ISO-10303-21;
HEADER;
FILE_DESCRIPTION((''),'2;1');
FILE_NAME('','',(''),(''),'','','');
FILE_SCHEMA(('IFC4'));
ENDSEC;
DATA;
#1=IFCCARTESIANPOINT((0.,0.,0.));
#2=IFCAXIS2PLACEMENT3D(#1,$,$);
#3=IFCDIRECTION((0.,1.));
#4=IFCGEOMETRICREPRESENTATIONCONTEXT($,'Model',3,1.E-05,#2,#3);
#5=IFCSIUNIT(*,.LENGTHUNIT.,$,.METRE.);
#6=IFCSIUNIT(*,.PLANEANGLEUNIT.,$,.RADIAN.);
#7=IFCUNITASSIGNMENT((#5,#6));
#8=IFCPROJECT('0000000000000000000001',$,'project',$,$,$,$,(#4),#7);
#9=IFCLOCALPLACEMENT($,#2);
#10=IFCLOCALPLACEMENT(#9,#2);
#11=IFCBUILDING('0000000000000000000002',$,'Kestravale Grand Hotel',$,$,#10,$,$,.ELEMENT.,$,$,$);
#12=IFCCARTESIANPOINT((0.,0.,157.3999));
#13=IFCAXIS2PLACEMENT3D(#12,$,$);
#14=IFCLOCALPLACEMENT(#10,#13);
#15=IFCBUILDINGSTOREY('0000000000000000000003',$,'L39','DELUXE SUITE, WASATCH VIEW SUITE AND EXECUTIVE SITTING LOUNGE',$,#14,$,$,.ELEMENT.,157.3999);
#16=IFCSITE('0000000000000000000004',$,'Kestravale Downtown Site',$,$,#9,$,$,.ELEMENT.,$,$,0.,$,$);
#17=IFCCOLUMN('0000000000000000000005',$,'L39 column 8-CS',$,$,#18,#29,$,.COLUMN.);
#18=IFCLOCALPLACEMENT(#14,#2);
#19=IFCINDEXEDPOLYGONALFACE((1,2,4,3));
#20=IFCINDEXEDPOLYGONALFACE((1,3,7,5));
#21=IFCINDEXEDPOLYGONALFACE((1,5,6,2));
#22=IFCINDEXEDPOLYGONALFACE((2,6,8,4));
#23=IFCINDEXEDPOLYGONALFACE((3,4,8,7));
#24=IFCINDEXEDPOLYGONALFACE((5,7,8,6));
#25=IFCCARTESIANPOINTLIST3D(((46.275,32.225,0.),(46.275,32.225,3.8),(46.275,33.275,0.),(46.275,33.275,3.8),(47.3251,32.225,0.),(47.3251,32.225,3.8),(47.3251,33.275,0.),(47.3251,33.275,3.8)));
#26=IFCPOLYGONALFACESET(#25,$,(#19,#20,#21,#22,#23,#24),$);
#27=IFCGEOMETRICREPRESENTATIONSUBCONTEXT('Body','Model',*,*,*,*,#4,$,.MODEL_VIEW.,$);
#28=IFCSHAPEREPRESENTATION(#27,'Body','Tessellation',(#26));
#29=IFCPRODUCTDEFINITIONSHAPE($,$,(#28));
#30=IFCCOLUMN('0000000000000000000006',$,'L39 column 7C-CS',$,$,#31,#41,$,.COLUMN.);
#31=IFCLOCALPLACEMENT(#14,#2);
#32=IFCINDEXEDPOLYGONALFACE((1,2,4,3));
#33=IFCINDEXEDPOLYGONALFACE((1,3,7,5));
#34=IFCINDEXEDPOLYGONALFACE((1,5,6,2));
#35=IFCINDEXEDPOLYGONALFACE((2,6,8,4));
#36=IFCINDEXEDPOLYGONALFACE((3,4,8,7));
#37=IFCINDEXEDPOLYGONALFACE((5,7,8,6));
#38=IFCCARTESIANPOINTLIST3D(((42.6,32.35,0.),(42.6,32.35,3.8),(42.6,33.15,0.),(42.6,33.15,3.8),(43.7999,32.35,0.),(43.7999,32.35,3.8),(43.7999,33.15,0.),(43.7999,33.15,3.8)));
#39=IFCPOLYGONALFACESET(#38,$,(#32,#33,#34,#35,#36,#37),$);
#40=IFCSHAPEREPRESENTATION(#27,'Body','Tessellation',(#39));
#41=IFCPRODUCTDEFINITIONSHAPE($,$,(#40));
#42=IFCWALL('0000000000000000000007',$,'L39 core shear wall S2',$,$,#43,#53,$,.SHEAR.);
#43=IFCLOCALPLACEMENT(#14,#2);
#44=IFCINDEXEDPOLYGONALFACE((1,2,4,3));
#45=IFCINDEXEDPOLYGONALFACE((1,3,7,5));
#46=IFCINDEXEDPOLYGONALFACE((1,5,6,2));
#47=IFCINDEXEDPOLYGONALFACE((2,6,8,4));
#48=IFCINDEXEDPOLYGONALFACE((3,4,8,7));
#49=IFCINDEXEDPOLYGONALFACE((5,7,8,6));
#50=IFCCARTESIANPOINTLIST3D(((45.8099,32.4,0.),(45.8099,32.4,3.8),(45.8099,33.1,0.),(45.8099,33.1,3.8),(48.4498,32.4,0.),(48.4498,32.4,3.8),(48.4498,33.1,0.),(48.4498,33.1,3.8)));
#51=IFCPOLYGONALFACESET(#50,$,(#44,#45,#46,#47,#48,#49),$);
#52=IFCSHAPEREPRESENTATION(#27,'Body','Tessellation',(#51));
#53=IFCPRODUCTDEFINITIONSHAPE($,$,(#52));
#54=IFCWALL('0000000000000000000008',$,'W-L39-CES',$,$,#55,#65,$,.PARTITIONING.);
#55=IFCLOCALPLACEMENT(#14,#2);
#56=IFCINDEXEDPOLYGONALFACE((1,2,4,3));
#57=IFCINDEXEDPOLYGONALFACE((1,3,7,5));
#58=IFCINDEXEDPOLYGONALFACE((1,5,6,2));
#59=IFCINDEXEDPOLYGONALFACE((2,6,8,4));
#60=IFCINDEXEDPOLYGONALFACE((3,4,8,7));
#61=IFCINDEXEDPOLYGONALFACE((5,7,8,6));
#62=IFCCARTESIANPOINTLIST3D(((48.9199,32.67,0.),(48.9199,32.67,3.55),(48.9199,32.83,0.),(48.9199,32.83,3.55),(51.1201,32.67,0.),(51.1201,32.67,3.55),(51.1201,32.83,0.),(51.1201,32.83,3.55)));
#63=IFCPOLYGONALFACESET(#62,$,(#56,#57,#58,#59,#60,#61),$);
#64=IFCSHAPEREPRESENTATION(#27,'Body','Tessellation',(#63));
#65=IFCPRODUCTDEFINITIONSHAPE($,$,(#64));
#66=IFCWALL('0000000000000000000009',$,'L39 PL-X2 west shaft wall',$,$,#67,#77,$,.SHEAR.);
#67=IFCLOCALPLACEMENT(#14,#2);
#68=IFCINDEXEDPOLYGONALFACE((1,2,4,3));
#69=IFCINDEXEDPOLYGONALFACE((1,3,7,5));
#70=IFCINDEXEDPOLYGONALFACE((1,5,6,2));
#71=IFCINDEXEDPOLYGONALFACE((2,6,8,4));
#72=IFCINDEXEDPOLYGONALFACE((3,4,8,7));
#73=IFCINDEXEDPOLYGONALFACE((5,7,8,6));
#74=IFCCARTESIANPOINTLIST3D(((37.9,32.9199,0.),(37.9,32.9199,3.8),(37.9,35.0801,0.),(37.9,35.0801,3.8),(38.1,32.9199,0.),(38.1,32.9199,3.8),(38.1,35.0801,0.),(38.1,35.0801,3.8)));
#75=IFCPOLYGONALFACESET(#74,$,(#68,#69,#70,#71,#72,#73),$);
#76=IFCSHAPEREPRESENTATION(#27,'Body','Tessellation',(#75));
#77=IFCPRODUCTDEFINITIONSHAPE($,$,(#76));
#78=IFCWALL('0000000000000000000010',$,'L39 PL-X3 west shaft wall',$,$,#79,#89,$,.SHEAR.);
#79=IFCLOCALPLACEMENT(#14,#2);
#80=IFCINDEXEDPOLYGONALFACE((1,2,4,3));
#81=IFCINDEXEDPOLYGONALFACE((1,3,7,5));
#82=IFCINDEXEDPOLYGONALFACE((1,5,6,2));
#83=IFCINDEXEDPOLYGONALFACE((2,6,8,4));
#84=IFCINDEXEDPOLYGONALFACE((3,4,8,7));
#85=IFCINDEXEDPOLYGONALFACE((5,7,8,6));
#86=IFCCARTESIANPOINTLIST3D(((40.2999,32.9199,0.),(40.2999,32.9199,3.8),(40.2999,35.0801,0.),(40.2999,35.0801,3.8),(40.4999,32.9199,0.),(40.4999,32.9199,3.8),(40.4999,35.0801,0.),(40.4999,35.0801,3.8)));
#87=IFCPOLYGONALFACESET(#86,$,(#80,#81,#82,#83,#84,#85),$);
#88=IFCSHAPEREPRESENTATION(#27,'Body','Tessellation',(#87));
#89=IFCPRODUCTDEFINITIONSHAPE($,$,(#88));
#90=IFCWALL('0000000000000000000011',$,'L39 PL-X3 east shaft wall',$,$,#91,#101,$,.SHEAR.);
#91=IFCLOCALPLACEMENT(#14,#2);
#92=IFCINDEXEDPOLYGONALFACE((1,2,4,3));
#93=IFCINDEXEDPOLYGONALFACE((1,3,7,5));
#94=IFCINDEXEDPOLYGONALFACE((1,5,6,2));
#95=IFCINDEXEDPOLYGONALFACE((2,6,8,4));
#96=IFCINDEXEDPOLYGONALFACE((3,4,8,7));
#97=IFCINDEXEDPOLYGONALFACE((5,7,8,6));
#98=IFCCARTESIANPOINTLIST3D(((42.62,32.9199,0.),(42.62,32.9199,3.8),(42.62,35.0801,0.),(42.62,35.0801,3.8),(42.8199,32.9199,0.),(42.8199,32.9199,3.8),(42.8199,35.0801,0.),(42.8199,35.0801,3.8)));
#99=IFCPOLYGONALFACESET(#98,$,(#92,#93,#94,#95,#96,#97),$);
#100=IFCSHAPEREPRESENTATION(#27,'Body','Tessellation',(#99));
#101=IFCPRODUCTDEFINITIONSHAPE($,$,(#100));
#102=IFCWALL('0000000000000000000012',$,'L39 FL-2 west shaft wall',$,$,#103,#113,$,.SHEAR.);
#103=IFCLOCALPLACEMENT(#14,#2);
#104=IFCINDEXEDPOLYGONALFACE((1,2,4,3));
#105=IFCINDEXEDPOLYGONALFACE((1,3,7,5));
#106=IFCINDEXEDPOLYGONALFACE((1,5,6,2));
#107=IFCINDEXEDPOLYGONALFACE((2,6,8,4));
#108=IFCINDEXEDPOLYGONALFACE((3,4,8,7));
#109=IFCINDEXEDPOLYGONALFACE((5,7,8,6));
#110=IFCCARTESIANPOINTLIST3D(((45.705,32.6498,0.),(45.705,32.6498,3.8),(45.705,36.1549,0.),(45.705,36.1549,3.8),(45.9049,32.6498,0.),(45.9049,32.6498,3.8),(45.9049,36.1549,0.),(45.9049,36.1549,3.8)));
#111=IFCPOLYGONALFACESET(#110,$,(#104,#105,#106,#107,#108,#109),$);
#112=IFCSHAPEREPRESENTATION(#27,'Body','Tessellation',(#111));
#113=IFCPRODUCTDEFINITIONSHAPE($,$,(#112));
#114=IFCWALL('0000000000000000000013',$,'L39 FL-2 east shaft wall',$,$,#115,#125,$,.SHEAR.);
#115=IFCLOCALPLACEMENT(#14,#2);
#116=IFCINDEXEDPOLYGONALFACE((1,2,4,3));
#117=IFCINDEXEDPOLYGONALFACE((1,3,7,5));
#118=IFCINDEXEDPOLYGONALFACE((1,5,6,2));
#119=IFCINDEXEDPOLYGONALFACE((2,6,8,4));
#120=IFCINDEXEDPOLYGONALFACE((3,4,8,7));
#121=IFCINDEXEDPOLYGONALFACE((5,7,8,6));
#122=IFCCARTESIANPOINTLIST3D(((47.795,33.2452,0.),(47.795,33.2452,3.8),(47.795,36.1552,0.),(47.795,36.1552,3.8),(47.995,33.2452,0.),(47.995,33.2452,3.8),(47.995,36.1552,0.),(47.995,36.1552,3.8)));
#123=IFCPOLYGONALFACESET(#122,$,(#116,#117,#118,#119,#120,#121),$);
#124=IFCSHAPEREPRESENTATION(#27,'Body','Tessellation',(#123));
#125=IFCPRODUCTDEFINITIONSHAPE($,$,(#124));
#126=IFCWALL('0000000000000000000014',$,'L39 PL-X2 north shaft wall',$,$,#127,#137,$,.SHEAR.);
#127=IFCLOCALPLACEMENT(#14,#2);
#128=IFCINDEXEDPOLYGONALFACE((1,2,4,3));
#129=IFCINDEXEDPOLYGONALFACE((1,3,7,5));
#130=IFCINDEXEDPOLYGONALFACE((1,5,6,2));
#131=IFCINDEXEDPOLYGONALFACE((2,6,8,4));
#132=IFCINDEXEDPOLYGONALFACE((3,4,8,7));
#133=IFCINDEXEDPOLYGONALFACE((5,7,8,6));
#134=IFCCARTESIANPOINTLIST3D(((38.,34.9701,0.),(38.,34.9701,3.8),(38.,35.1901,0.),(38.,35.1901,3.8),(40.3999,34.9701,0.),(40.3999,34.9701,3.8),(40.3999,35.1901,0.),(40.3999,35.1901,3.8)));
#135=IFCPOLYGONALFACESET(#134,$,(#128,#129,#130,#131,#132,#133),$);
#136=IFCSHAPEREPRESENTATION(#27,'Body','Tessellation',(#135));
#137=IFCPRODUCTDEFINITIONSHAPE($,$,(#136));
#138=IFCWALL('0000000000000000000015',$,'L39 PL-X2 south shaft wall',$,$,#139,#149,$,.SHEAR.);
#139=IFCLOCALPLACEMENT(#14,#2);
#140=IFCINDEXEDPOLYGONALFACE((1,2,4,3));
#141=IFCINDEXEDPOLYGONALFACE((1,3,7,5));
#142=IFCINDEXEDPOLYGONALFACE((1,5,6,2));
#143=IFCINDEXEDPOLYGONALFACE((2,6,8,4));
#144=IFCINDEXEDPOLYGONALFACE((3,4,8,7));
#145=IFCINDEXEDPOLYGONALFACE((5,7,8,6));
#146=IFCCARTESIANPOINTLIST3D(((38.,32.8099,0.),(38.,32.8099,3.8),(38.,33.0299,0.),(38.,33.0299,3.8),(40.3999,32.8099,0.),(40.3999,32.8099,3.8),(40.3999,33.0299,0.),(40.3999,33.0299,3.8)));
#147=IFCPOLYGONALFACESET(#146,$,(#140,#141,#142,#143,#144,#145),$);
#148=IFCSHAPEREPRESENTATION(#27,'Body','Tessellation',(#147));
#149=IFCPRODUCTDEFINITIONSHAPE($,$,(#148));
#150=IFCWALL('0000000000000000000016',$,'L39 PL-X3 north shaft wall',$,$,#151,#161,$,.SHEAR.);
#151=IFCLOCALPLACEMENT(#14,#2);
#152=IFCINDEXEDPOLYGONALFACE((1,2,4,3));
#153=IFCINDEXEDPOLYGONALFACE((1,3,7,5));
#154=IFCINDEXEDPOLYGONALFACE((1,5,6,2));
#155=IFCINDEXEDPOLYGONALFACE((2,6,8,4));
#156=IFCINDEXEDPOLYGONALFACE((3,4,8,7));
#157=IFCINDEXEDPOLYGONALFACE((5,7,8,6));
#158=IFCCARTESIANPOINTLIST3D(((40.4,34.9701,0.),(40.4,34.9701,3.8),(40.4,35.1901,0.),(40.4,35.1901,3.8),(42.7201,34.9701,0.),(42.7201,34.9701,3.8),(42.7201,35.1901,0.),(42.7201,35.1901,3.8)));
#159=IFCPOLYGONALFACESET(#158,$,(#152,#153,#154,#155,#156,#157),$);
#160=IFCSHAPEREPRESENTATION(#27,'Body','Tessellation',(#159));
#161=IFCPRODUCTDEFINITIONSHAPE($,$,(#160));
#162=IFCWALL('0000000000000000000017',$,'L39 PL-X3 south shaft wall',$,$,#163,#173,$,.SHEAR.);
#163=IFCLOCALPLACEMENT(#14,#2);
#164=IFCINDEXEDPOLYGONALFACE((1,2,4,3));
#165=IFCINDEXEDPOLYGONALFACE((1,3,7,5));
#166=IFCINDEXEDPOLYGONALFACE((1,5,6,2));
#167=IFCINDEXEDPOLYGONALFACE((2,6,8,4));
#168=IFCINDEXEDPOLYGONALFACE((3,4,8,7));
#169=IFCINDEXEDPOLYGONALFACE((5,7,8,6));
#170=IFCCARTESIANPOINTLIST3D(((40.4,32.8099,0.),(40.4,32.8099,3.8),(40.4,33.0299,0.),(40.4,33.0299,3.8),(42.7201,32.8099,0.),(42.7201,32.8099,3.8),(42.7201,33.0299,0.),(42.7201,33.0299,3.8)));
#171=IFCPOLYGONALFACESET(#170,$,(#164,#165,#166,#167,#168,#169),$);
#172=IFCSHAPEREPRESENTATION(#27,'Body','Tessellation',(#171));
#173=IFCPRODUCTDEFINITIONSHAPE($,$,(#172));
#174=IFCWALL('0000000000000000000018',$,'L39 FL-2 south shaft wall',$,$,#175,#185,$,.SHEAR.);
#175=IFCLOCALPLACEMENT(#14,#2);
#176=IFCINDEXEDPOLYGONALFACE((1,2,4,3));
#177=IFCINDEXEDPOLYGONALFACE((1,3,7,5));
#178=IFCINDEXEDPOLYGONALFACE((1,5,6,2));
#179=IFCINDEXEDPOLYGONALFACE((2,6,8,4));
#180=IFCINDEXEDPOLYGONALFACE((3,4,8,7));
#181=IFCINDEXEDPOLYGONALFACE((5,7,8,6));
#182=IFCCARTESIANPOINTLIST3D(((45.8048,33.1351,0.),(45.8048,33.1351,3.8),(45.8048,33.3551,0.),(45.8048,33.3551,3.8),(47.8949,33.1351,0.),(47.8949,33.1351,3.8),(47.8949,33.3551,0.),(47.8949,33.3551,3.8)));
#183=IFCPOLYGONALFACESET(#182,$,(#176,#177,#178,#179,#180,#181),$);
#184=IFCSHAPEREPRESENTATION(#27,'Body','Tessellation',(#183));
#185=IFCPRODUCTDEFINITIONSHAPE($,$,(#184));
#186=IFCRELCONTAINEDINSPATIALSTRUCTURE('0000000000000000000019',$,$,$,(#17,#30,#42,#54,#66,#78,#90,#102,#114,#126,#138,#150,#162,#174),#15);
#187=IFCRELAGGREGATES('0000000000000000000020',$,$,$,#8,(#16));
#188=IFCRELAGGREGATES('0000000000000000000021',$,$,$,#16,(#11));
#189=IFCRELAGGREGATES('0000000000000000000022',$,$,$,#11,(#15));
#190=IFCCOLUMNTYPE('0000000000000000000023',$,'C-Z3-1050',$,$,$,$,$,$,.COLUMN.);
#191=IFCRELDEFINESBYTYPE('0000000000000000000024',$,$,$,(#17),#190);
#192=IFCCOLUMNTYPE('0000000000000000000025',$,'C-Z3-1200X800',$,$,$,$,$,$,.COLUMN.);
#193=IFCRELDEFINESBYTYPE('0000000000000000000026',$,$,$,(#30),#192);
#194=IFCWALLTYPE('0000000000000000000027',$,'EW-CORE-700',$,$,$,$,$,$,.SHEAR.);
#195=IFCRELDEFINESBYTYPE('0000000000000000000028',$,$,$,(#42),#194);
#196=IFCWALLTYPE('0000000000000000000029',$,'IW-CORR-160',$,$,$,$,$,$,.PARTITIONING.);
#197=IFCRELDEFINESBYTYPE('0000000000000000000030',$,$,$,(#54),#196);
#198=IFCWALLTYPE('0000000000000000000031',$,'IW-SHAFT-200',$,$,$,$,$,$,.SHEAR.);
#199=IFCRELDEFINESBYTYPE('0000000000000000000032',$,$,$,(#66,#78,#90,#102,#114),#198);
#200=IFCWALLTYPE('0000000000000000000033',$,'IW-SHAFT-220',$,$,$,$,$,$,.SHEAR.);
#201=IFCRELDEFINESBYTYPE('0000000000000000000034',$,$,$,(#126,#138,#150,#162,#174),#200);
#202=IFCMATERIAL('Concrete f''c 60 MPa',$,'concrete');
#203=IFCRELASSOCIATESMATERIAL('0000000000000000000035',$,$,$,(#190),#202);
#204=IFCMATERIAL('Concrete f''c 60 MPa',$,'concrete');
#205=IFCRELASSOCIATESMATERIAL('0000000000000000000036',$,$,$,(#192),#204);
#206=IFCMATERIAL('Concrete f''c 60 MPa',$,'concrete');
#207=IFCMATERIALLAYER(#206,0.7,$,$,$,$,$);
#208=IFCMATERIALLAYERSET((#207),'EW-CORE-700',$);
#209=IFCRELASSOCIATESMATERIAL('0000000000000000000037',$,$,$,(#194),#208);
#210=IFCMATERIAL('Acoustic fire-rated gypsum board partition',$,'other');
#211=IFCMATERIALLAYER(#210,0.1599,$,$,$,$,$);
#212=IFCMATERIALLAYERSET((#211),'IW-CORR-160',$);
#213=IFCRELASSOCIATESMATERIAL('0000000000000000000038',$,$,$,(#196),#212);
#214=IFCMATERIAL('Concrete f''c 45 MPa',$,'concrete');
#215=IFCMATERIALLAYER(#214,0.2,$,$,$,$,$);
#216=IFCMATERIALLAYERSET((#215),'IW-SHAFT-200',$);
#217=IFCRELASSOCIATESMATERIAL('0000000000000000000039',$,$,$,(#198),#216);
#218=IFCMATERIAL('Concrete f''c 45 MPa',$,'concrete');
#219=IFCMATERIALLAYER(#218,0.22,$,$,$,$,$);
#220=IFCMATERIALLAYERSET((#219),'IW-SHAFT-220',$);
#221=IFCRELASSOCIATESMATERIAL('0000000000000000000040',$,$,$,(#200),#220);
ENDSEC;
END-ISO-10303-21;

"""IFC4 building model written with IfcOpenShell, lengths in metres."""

from ifc_helpers import new_model, si_unit, direction, frame, frame_2d, origin, origin_2d, place, context, subcontext, project, spatial, rectangle, extrude, material, layer, layer_set, material_profile, profile_set, type_object, element, save


model = new_model("IFC4")

# Units and contexts
model_context = context("Model", 3, precision=1e-05, world=origin(), true_north=direction((0.0, 1.0)))
body_context = subcontext(model_context, "Body", "Model", "MODEL_VIEW")
ifc_project = project(units=[si_unit("LENGTHUNIT", "METRE"), si_unit("PLANEANGLEUNIT", "RADIAN")], contexts=[model_context])

# Site, building, storey
site_placement = place(None, origin())
site = spatial("IfcSite", under=ifc_project, at=site_placement, Name="Kestravale Downtown Site", CompositionType="ELEMENT", RefElevation=0.0)
building_placement = place(site_placement, origin())
building = spatial("IfcBuilding", under=site, at=building_placement, Name="Kestravale Grand Hotel", CompositionType="ELEMENT")
storey_placement = place(building_placement, frame((0.0, 0.0, 157.3999)))
storey = spatial("IfcBuildingStorey", under=building, at=storey_placement, Name="L39", Description="DELUXE SUITE, WASATCH VIEW SUITE AND EXECUTIVE SITTING LOUNGE", CompositionType="ELEMENT", Elevation=157.3999)

# Columns
ifc_material_1 = material(Name="Concrete f'c 60 MPa", Category="concrete")
ifc_material_profile_1 = material_profile(ifc_material_1, rectangle(XDim=1.05, YDim=1.05, at=origin_2d()))
ifc_profile_set_1 = profile_set([ifc_material_profile_1], Name="Concrete f'c 60 MPa")
column_type_1 = type_object("IfcColumnType", Name="C-Z3-1050", PredefinedType="COLUMN", material=ifc_profile_set_1)
column_1_placement = place(storey_placement, frame((46.8, 32.75, 0.0), z_axis=(0.0, 0.0, 1.0), x_axis=(1.0, 0.0, 0.0)))
element("IfcColumn", 1, at=column_1_placement, inside=storey, type_object=column_type_1, Name="L39 column 8-CS", PredefinedType="COLUMN", context=body_context, shape_type="SweptSolid", body=[
    extrude(rectangle(XDim=1.05, YDim=1.05, at=origin_2d()), origin(), (0.0, 0.0, 1.0), 3.8),
])
ifc_material_2 = material(Name="Concrete f'c 60 MPa", Category="concrete")
ifc_material_profile_2 = material_profile(ifc_material_2, rectangle(XDim=1.2, YDim=0.8, at=origin_2d()))
ifc_profile_set_2 = profile_set([ifc_material_profile_2], Name="Concrete f'c 60 MPa")
column_type_2 = type_object("IfcColumnType", Name="C-Z3-1200X800", PredefinedType="COLUMN", material=ifc_profile_set_2)
column_2_placement = place(storey_placement, frame((43.2, 32.75, 0.0), z_axis=(0.0, 0.0, 1.0), x_axis=(1.0, 0.0, 0.0)))
element("IfcColumn", 2, at=column_2_placement, inside=storey, type_object=column_type_2, Name="L39 column 7C-CS", PredefinedType="COLUMN", context=body_context, shape_type="SweptSolid", body=[
    extrude(rectangle(XDim=1.2, YDim=0.8, at=origin_2d()), origin(), (0.0, 0.0, 1.0), 3.8),
])

# Wall
ifc_material_3 = material(Name="Concrete f'c 60 MPa", Category="concrete")
ifc_layer_1 = layer(ifc_material_3, 0.7)
ifc_layer_set_1 = layer_set([ifc_layer_1], Name="EW-CORE-700")
wall_type_1 = type_object("IfcWallType", Name="EW-CORE-700", PredefinedType="SHEAR", material=ifc_layer_set_1)
wall_1_placement = place(storey_placement, frame((45.8101, 32.75, 0.0), z_axis=(0.0, 0.0, 1.0), x_axis=(1.0, 0.0, 0.0)))
element("IfcWall", 3, at=wall_1_placement, inside=storey, type_object=wall_type_1, Name="L39 core shear wall S2", PredefinedType="SHEAR", context=body_context, shape_type="SweptSolid", body=[
    extrude(rectangle(XDim=2.6399, YDim=0.7, at=frame_2d((1.3198, 0.0))), origin(), (0.0, 0.0, 1.0), 3.8),
])

# Wall
ifc_material_4 = material(Name="Acoustic fire-rated gypsum board partition", Category="other")
ifc_layer_2 = layer(ifc_material_4, 0.1599)
ifc_layer_set_2 = layer_set([ifc_layer_2], Name="IW-CORR-160")
wall_type_2 = type_object("IfcWallType", Name="IW-CORR-160", PredefinedType="PARTITIONING", material=ifc_layer_set_2)
wall_2_placement = place(storey_placement, frame((48.9199, 32.75, 0.0), z_axis=(0.0, 0.0, 1.0), x_axis=(1.0, 0.0, 0.0)))
element("IfcWall", 4, at=wall_2_placement, inside=storey, type_object=wall_type_2, Name="W-L39-CES", PredefinedType="PARTITIONING", context=body_context, shape_type="SweptSolid", body=[
    extrude(rectangle(XDim=2.2002, YDim=0.1599, at=frame_2d((1.1001, 0.0))), origin(), (0.0, 0.0, 1.0), 3.55),
])

# Walls
ifc_material_5 = material(Name="Concrete f'c 45 MPa", Category="concrete")
ifc_layer_3 = layer(ifc_material_5, 0.2)
ifc_layer_set_3 = layer_set([ifc_layer_3], Name="IW-SHAFT-200")
wall_type_3 = type_object("IfcWallType", Name="IW-SHAFT-200", PredefinedType="SHEAR", material=ifc_layer_set_3)
for number, where, z_axis, x_axis, name in (
    (5, (38.0, 32.9199, 0.0), (0.0, 0.0, 1.0), (0.0, 1.0, 0.0), "L39 PL-X2 west shaft wall"),
    (6, (40.3999, 32.9199, 0.0), (0.0, 0.0, 1.0), (0.0, 1.0, 0.0), "L39 PL-X3 west shaft wall"),
    (7, (42.72, 32.9199, 0.0), (0.0, 0.0, 1.0), (0.0, 1.0, 0.0), "L39 PL-X3 east shaft wall"),
):
    element("IfcWall", number, at=place(storey_placement, frame(where, z_axis=z_axis, x_axis=x_axis)), inside=storey, type_object=wall_type_3, Name=name, PredefinedType="SHEAR", context=body_context, shape_type="SweptSolid", body=[
        extrude(rectangle(XDim=2.1602, YDim=0.2, at=frame_2d((1.0801, 0.0))), origin(), (0.0, 0.0, 1.0), 3.8),
    ])
wall_3_placement = place(storey_placement, frame((45.8049, 32.6499, 0.0), z_axis=(0.0, 0.0, 1.0), x_axis=(0.0, 1.0, 0.0)))
element("IfcWall", 8, at=wall_3_placement, inside=storey, type_object=wall_type_3, Name="L39 FL-2 west shaft wall", PredefinedType="SHEAR", context=body_context, shape_type="SweptSolid", body=[
    extrude(rectangle(XDim=3.5051, YDim=0.2, at=frame_2d((1.7524, 0.0))), origin(), (0.0, 0.0, 1.0), 3.8),
])
wall_4_placement = place(storey_placement, frame((47.895, 33.2451, 0.0), z_axis=(0.0, 0.0, 1.0), x_axis=(0.0, 1.0, 0.0)))
element("IfcWall", 9, at=wall_4_placement, inside=storey, type_object=wall_type_3, Name="L39 FL-2 east shaft wall", PredefinedType="SHEAR", context=body_context, shape_type="SweptSolid", body=[
    extrude(rectangle(XDim=2.9099, YDim=0.2, at=frame_2d((1.4551, 0.0))), origin(), (0.0, 0.0, 1.0), 3.8),
])

# Shared definitions
ifc_material_6 = material(Name="Concrete f'c 45 MPa", Category="concrete")
ifc_layer_4 = layer(ifc_material_6, 0.22)
ifc_layer_set_4 = layer_set([ifc_layer_4], Name="IW-SHAFT-220")
wall_type_4 = type_object("IfcWallType", Name="IW-SHAFT-220", PredefinedType="SHEAR", material=ifc_layer_set_4)

# Walls
for number, where, z_axis, x_axis, name in (
    (10, (38.0, 35.0801, 0.0), (0.0, 0.0, 1.0), (1.0, 0.0, 0.0), "L39 PL-X2 north shaft wall"),
    (11, (38.0, 32.9199, 0.0), (0.0, 0.0, 1.0), (1.0, 0.0, 0.0), "L39 PL-X2 south shaft wall"),
):
    element("IfcWall", number, at=place(storey_placement, frame(where, z_axis=z_axis, x_axis=x_axis)), inside=storey, type_object=wall_type_4, Name=name, PredefinedType="SHEAR", context=body_context, shape_type="SweptSolid", body=[
        extrude(rectangle(XDim=2.3999, YDim=0.22, at=frame_2d((1.2, 0.0))), origin(), (0.0, 0.0, 1.0), 3.8),
    ])
for number, where, z_axis, x_axis, name in (
    (12, (40.3999, 35.0801, 0.0), (0.0, 0.0, 1.0), (1.0, 0.0, 0.0), "L39 PL-X3 north shaft wall"),
    (13, (40.3999, 32.9199, 0.0), (0.0, 0.0, 1.0), (1.0, 0.0, 0.0), "L39 PL-X3 south shaft wall"),
):
    element("IfcWall", number, at=place(storey_placement, frame(where, z_axis=z_axis, x_axis=x_axis)), inside=storey, type_object=wall_type_4, Name=name, PredefinedType="SHEAR", context=body_context, shape_type="SweptSolid", body=[
        extrude(rectangle(XDim=2.3201, YDim=0.22, at=frame_2d((1.1602, 0.0))), origin(), (0.0, 0.0, 1.0), 3.8),
    ])
wall_5_placement = place(storey_placement, frame((45.8049, 33.2451, 0.0), z_axis=(0.0, 0.0, 1.0), x_axis=(1.0, 0.0, 0.0)))
element("IfcWall", 14, at=wall_5_placement, inside=storey, type_object=wall_type_4, Name="L39 FL-2 south shaft wall", PredefinedType="SHEAR", context=body_context, shape_type="SweptSolid", body=[
    extrude(rectangle(XDim=2.0901, YDim=0.22, at=frame_2d((1.0449, 0.0))), origin(), (0.0, 0.0, 1.0), 3.8),
])

save(model, "model.ifc")
